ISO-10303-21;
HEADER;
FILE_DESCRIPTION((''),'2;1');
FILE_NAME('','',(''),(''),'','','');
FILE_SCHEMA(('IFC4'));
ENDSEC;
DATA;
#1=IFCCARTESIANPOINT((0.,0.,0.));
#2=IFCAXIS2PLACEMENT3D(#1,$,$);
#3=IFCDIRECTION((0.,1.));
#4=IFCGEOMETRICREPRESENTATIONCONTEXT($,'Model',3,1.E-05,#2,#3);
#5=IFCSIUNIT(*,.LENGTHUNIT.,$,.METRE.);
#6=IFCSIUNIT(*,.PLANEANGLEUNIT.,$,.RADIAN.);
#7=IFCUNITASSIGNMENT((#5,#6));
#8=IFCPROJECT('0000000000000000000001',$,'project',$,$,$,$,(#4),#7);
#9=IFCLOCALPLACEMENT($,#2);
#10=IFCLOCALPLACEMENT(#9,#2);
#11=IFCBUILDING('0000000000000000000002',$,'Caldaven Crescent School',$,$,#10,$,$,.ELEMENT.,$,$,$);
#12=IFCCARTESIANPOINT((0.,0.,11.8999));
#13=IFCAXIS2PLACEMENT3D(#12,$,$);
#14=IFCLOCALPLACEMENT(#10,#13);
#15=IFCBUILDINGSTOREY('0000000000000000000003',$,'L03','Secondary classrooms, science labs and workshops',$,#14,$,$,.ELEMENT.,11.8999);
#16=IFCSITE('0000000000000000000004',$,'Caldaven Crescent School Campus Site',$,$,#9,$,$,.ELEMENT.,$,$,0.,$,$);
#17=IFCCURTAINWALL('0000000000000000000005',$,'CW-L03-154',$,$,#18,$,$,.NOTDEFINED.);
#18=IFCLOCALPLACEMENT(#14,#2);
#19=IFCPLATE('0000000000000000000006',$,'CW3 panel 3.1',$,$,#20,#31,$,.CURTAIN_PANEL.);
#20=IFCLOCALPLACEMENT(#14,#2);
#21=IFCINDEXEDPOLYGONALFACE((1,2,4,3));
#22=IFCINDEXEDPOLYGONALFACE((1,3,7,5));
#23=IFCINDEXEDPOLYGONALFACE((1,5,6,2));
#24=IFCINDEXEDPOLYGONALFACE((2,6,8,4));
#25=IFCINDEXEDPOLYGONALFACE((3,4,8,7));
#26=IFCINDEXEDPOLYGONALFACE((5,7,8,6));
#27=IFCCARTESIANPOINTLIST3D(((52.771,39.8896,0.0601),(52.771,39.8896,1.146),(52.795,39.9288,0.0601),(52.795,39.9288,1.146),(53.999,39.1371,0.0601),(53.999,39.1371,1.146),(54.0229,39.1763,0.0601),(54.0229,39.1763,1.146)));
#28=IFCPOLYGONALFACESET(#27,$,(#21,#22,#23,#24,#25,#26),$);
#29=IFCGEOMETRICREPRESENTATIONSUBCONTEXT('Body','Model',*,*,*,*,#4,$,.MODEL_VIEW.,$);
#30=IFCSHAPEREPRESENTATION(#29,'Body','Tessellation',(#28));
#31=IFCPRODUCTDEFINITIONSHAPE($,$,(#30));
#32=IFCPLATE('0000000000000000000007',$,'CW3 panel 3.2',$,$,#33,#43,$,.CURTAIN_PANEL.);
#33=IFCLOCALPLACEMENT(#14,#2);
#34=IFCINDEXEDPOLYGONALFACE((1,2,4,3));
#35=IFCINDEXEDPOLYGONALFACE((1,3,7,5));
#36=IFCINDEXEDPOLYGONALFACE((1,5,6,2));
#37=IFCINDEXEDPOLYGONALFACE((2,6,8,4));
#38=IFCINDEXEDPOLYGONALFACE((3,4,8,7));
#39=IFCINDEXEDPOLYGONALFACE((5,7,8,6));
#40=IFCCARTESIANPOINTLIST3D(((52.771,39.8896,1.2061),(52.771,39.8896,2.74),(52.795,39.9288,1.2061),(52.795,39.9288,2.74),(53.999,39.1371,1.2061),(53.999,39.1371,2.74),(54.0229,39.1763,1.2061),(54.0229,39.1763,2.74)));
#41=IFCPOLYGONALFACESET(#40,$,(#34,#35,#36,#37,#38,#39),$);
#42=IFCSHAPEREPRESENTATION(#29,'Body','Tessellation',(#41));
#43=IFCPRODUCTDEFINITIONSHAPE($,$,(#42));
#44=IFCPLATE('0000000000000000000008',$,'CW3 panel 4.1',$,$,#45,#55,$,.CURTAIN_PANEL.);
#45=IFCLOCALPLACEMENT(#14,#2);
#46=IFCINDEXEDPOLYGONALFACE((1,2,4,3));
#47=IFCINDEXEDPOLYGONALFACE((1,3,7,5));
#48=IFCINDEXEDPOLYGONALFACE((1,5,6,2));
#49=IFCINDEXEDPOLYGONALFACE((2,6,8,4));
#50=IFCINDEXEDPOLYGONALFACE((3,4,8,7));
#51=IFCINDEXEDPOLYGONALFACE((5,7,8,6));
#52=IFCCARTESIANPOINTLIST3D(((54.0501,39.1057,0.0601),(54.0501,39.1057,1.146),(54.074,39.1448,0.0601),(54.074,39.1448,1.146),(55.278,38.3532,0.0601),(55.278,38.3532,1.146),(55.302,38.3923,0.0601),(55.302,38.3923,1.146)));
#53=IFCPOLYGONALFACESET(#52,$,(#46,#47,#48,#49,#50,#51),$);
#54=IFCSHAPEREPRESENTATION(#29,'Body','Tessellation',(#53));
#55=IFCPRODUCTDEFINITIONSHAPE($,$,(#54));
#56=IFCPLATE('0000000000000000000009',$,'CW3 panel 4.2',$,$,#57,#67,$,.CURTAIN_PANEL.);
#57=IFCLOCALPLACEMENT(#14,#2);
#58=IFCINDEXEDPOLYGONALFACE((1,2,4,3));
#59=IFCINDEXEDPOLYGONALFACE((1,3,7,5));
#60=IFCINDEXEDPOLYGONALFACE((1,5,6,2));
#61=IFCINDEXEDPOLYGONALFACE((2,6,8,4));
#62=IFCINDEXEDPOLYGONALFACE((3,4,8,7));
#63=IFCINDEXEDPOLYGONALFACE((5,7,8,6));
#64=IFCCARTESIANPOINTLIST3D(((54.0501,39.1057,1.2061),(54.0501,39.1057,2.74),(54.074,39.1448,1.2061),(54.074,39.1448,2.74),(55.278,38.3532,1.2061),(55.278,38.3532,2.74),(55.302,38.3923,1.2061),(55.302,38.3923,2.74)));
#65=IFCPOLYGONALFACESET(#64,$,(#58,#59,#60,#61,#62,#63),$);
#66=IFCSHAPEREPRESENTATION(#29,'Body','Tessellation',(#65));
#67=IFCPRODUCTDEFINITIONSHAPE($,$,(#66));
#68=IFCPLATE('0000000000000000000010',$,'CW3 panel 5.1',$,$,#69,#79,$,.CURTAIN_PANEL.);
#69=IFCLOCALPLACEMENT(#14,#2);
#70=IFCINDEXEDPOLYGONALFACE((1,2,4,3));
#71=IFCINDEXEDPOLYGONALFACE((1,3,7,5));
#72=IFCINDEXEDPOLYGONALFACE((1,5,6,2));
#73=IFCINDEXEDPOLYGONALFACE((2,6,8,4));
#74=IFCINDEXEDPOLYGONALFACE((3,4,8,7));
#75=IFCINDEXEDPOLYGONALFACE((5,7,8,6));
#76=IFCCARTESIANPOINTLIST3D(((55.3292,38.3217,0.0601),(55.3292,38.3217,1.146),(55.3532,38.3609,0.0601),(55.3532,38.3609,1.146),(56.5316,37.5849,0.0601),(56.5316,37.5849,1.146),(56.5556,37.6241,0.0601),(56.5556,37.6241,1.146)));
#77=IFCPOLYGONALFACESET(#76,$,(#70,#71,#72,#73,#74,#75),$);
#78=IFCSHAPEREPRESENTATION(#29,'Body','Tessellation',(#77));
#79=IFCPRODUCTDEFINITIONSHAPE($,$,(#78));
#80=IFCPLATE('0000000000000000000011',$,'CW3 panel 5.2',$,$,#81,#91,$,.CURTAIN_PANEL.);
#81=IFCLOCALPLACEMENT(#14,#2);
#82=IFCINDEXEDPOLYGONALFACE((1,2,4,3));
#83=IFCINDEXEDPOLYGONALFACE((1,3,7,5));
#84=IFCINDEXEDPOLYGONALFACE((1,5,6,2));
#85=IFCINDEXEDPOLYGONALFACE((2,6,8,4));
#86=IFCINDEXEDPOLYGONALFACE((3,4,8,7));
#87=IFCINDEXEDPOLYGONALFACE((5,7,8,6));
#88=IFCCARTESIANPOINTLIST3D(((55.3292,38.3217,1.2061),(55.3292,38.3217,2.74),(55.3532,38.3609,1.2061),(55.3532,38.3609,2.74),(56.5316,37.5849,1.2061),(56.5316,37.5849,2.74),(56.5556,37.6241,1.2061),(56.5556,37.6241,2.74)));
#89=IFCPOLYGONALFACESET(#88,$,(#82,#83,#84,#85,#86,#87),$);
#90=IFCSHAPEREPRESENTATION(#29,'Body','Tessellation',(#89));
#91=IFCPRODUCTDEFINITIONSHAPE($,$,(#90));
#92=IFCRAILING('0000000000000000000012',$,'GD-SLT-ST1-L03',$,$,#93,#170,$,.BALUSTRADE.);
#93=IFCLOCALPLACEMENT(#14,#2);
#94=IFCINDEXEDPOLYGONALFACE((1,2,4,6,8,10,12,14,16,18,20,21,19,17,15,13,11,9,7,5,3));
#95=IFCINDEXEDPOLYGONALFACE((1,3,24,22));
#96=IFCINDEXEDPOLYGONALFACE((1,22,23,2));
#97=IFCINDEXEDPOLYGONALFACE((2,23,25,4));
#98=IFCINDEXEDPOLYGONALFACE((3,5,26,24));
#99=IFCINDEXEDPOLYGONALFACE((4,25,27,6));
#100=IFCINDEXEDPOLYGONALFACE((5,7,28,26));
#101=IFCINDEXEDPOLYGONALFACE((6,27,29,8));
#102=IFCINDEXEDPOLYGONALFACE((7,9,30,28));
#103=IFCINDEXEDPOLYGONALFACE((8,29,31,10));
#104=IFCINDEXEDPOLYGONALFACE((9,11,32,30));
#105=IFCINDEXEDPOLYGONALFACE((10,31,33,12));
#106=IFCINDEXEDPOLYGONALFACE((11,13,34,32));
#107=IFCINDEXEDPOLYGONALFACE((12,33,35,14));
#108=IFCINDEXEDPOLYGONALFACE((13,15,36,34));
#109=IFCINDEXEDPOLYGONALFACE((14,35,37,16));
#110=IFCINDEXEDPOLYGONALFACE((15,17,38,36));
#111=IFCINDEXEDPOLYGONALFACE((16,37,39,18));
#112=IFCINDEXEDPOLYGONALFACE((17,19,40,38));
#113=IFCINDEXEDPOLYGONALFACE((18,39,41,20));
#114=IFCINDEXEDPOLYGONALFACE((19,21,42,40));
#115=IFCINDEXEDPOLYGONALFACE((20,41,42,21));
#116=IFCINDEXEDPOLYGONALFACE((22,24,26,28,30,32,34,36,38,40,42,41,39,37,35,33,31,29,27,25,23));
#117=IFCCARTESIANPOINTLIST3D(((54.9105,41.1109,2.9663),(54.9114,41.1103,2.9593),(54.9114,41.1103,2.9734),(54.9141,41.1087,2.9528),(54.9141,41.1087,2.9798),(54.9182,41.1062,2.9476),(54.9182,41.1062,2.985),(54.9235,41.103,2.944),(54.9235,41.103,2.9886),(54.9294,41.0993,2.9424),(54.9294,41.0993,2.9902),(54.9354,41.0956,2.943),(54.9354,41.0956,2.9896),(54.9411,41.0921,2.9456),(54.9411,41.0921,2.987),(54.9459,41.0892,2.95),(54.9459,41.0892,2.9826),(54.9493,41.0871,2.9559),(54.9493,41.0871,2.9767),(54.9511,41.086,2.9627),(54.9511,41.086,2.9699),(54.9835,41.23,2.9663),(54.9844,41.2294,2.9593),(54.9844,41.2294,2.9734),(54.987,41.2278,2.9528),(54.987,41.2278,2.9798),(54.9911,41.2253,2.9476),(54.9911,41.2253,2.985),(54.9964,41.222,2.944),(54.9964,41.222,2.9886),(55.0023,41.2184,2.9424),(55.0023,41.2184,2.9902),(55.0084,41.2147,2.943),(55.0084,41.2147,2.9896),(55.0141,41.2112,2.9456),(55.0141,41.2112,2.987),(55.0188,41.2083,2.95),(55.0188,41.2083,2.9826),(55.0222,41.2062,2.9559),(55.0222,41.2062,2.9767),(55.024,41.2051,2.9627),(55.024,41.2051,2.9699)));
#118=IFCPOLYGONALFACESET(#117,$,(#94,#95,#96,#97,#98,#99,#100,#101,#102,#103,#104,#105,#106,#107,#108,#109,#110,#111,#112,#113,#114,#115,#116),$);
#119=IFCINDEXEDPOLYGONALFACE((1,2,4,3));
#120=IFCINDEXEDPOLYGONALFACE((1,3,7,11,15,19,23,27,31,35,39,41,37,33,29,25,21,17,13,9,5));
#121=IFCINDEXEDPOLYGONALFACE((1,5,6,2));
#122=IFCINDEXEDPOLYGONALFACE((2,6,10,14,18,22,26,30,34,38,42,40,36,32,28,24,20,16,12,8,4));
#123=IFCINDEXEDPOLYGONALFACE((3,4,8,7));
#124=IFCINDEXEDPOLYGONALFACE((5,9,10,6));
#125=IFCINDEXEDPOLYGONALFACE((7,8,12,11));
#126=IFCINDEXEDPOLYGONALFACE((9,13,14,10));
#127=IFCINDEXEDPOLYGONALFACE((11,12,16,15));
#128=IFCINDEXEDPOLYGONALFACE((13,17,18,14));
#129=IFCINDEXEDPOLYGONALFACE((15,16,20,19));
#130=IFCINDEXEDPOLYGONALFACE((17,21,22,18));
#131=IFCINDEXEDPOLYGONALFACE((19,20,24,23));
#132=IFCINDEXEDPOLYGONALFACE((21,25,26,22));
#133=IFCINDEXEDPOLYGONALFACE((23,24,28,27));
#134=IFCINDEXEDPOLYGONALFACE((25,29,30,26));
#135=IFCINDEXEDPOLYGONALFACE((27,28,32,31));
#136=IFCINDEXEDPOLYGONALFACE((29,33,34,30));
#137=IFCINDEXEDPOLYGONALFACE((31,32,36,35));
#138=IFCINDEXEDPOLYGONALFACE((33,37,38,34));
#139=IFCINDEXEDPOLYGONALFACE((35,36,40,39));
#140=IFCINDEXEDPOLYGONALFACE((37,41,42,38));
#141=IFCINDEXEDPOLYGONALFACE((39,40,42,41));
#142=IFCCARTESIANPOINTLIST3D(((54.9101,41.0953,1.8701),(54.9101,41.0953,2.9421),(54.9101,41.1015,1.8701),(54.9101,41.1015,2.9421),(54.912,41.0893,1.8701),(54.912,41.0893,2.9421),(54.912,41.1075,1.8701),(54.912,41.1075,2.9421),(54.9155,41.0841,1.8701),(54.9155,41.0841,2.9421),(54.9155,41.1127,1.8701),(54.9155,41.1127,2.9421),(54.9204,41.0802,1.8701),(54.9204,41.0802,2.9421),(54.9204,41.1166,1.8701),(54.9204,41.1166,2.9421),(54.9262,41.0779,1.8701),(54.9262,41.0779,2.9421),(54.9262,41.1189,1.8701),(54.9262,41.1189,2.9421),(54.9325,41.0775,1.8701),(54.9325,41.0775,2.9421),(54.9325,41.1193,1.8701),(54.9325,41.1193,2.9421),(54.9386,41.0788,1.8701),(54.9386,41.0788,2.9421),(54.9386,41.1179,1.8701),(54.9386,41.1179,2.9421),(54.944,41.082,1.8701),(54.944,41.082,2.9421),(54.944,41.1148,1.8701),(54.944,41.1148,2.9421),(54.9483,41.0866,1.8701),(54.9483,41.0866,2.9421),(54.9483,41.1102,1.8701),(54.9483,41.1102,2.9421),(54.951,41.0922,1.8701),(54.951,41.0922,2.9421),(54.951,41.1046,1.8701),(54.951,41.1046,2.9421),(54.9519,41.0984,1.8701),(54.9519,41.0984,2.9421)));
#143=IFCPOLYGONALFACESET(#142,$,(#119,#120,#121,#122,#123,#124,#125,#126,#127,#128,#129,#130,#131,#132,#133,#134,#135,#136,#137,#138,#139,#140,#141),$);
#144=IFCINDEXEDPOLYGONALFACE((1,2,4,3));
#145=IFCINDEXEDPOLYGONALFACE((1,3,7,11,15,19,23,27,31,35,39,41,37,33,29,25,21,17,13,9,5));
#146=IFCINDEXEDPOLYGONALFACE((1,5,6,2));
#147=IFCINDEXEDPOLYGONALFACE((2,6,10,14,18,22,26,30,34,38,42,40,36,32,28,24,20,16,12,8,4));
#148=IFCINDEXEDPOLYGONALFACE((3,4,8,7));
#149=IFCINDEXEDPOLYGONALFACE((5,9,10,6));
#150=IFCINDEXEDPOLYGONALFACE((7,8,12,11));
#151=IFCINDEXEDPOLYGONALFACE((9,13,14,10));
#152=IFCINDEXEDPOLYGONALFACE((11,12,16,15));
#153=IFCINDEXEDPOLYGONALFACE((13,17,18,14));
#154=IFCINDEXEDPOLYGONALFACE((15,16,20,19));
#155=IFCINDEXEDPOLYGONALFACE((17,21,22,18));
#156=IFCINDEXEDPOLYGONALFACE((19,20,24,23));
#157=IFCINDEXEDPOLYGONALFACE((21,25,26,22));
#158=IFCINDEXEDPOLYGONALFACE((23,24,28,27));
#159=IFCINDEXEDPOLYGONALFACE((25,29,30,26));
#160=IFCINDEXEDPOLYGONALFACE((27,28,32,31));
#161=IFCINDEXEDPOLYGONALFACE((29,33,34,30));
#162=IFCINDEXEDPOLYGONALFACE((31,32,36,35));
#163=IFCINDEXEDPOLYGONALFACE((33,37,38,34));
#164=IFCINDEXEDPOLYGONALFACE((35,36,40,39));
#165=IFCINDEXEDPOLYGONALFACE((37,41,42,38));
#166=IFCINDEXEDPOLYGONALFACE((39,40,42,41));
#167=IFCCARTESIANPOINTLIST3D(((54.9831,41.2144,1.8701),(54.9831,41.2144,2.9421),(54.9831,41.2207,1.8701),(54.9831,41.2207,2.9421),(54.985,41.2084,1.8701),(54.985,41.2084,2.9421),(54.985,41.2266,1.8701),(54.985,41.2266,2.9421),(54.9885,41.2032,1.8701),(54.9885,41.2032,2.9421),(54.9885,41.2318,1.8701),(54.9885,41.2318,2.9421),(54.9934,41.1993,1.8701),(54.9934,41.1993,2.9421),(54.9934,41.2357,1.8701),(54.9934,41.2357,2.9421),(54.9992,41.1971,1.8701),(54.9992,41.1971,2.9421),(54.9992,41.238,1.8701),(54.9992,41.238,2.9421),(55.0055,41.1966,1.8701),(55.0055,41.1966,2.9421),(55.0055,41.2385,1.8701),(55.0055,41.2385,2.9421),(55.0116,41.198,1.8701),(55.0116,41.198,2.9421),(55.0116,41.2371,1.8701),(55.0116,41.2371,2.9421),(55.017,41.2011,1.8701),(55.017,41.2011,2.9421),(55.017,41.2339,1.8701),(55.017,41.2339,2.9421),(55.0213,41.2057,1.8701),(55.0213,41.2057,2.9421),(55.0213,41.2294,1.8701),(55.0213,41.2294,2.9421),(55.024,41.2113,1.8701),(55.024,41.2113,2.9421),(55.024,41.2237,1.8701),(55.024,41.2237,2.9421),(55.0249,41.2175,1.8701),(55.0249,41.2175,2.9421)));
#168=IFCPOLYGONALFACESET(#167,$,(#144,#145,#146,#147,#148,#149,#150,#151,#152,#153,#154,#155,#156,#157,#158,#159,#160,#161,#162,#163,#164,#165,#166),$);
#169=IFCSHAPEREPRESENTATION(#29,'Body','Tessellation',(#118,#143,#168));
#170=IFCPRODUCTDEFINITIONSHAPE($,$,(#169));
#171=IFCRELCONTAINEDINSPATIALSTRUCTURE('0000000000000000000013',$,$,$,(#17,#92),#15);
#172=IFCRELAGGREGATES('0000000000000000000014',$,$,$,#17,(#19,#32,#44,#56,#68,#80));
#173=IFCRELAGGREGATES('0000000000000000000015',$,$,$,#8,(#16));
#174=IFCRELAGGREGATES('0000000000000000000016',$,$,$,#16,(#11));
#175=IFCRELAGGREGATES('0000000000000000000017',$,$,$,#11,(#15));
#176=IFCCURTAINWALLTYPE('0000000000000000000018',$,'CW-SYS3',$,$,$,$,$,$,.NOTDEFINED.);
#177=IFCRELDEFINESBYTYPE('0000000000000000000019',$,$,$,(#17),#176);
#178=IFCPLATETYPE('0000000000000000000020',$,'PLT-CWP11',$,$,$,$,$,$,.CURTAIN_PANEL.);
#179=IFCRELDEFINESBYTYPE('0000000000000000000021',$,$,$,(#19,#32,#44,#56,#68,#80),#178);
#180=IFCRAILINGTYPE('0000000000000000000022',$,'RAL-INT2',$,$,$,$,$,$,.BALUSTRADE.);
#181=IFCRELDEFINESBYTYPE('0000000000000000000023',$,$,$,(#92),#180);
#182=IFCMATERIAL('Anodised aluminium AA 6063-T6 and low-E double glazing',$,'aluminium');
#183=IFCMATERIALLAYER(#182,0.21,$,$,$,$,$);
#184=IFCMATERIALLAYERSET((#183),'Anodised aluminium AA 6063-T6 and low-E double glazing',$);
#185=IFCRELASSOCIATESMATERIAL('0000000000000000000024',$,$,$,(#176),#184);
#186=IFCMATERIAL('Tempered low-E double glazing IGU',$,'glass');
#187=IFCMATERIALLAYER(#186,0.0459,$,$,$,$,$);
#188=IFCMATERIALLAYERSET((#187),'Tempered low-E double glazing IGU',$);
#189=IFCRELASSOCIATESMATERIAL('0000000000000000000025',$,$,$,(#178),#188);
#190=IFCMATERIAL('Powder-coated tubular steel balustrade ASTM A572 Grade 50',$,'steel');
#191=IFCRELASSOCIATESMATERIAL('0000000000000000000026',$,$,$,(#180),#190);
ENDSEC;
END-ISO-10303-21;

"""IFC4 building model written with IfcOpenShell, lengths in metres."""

from ifc_helpers import new_model, si_unit, direction, frame, origin, origin_2d, place, context, subcontext, project, spatial, rectangle, circle, extrude, material, layer, layer_set, type_object, element, aggregate, save


model = new_model("IFC4")

# Units and contexts
model_context = context("Model", 3, precision=1e-05, world=origin(), true_north=direction((0.0, 1.0)))
body_context = subcontext(model_context, "Body", "Model", "MODEL_VIEW")
ifc_project = project(units=[si_unit("LENGTHUNIT", "METRE"), si_unit("PLANEANGLEUNIT", "RADIAN")], contexts=[model_context])

# Site, building, storey
site_placement = place(None, origin())
site = spatial("IfcSite", under=ifc_project, at=site_placement, Name="Caldaven Crescent School Campus Site", CompositionType="ELEMENT", RefElevation=0.0)
building_placement = place(site_placement, origin())
building = spatial("IfcBuilding", under=site, at=building_placement, Name="Caldaven Crescent School", CompositionType="ELEMENT")
storey_placement = place(building_placement, frame((0.0, 0.0, 11.8999)))
storey = spatial("IfcBuildingStorey", under=building, at=storey_placement, Name="L03", Description="Secondary classrooms, science labs and workshops", CompositionType="ELEMENT", Elevation=11.8999)

# Curtain wall
ifc_material_1 = material(Name="Anodised aluminium AA 6063-T6 and low-E double glazing", Category="aluminium")
ifc_layer_1 = layer(ifc_material_1, 0.21)
ifc_layer_set_1 = layer_set([ifc_layer_1], Name="Anodised aluminium AA 6063-T6 and low-E double glazing")
curtain_wall_type = type_object("IfcCurtainWallType", Name="CW-SYS3", PredefinedType="NOTDEFINED", material=ifc_layer_set_1)
curtain_wall_placement = place(storey_placement, origin())
curtain_wall = element("IfcCurtainWall", 1, at=curtain_wall_placement, inside=storey, type_object=curtain_wall_type, Name="CW-L03-154", PredefinedType="NOTDEFINED")

# Plates
ifc_material_2 = material(Name="Tempered low-E double glazing IGU", Category="glass")
ifc_layer_2 = layer(ifc_material_2, 0.0459)
ifc_layer_set_2 = layer_set([ifc_layer_2], Name="Tempered low-E double glazing IGU")
plate_type_1 = type_object("IfcPlateType", Name="PLT-CWP11", PredefinedType="CURTAIN_PANEL", material=ifc_layer_set_2)
plate_1_placement = place(storey_placement, frame((53.397, 39.533, 0.0601), z_axis=(0.0, 0.0, 1.0), x_axis=(0.85264, -0.522498, 0.0)))
plate_1 = element("IfcPlate", 2, at=plate_1_placement, type_object=plate_type_1, Name="CW3 panel 3.1", PredefinedType="CURTAIN_PANEL", context=body_context, shape_type="SweptSolid", body=[
    extrude(rectangle(XDim=1.4402, YDim=0.0459, at=origin_2d()), origin(), (0.0, 0.0, 1.0), 1.0859),
])
plate_2_placement = place(storey_placement, frame((53.397, 39.533, 1.2061), z_axis=(0.0, 0.0, 1.0), x_axis=(0.85264, -0.522498, 0.0)))
plate_2 = element("IfcPlate", 3, at=plate_2_placement, type_object=plate_type_1, Name="CW3 panel 3.2", PredefinedType="CURTAIN_PANEL", context=body_context, shape_type="SweptSolid", body=[
    extrude(rectangle(XDim=1.4402, YDim=0.0459, at=origin_2d()), origin(), (0.0, 0.0, 1.0), 1.5339),
])
plate_3_placement = place(storey_placement, frame((54.676, 38.749, 0.0601), z_axis=(0.0, 0.0, 1.0), x_axis=(0.85264, -0.522498, 0.0)))
plate_3 = element("IfcPlate", 4, at=plate_3_placement, type_object=plate_type_1, Name="CW3 panel 4.1", PredefinedType="CURTAIN_PANEL", context=body_context, shape_type="SweptSolid", body=[
    extrude(rectangle(XDim=1.4402, YDim=0.0459, at=origin_2d()), origin(), (0.0, 0.0, 1.0), 1.0859),
])
plate_4_placement = place(storey_placement, frame((54.676, 38.749, 1.2061), z_axis=(0.0, 0.0, 1.0), x_axis=(0.85264, -0.522498, 0.0)))
plate_4 = element("IfcPlate", 5, at=plate_4_placement, type_object=plate_type_1, Name="CW3 panel 4.2", PredefinedType="CURTAIN_PANEL", context=body_context, shape_type="SweptSolid", body=[
    extrude(rectangle(XDim=1.4402, YDim=0.0459, at=origin_2d()), origin(), (0.0, 0.0, 1.0), 1.5339),
])
plate_5_placement = place(storey_placement, frame((55.9424, 37.9729, 0.0601), z_axis=(0.0, 0.0, 1.0), x_axis=(0.85264, -0.522498, 0.0)))
plate_5 = element("IfcPlate", 6, at=plate_5_placement, type_object=plate_type_1, Name="CW3 panel 5.1", PredefinedType="CURTAIN_PANEL", context=body_context, shape_type="SweptSolid", body=[
    extrude(rectangle(XDim=1.4102, YDim=0.0459, at=origin_2d()), origin(), (0.0, 0.0, 1.0), 1.0859),
])
plate_6_placement = place(storey_placement, frame((55.9424, 37.9729, 1.2061), z_axis=(0.0, 0.0, 1.0), x_axis=(0.85264, -0.522498, 0.0)))
plate_6 = element("IfcPlate", 7, at=plate_6_placement, type_object=plate_type_1, Name="CW3 panel 5.2", PredefinedType="CURTAIN_PANEL", context=body_context, shape_type="SweptSolid", body=[
    extrude(rectangle(XDim=1.4102, YDim=0.0459, at=origin_2d()), origin(), (0.0, 0.0, 1.0), 1.5339),
])
aggregate(curtain_wall, [plate_1, plate_2, plate_3, plate_4, plate_5, plate_6])

# Railing
ifc_material_3 = material(Name="Powder-coated tubular steel balustrade ASTM A572 Grade 50", Category="steel")
railing_type = type_object("IfcRailingType", Name="RAL-INT2", PredefinedType="BALUSTRADE", material=ifc_material_3)
railing_1_placement = place(storey_placement, frame((54.9309, 41.0984, 1.8701)))
element("IfcRailing", 8, at=railing_1_placement, inside=storey, type_object=railing_type, Name="GD-SLT-ST1-L03", PredefinedType="BALUSTRADE", context=body_context, shape_type="SweptSolid", body=[
    extrude(circle(Radius=0.0239, at=origin_2d()), frame((0.0, 0.0, 1.0962), z_axis=(0.522439, 0.852677, 0.0), x_axis=(-0.852677, 0.522439, 0.0)), (0.0, 0.0, 1.0), 0.1396),
    extrude(circle(Radius=0.021, at=origin_2d()), origin(), (0.0, 0.0, 1.0), 1.072),
    extrude(circle(Radius=0.021, at=origin_2d()), frame((0.073, 0.1191, 0.0)), (0.0, 0.0, 1.0), 1.072),
])

save(model, "model.ifc")
